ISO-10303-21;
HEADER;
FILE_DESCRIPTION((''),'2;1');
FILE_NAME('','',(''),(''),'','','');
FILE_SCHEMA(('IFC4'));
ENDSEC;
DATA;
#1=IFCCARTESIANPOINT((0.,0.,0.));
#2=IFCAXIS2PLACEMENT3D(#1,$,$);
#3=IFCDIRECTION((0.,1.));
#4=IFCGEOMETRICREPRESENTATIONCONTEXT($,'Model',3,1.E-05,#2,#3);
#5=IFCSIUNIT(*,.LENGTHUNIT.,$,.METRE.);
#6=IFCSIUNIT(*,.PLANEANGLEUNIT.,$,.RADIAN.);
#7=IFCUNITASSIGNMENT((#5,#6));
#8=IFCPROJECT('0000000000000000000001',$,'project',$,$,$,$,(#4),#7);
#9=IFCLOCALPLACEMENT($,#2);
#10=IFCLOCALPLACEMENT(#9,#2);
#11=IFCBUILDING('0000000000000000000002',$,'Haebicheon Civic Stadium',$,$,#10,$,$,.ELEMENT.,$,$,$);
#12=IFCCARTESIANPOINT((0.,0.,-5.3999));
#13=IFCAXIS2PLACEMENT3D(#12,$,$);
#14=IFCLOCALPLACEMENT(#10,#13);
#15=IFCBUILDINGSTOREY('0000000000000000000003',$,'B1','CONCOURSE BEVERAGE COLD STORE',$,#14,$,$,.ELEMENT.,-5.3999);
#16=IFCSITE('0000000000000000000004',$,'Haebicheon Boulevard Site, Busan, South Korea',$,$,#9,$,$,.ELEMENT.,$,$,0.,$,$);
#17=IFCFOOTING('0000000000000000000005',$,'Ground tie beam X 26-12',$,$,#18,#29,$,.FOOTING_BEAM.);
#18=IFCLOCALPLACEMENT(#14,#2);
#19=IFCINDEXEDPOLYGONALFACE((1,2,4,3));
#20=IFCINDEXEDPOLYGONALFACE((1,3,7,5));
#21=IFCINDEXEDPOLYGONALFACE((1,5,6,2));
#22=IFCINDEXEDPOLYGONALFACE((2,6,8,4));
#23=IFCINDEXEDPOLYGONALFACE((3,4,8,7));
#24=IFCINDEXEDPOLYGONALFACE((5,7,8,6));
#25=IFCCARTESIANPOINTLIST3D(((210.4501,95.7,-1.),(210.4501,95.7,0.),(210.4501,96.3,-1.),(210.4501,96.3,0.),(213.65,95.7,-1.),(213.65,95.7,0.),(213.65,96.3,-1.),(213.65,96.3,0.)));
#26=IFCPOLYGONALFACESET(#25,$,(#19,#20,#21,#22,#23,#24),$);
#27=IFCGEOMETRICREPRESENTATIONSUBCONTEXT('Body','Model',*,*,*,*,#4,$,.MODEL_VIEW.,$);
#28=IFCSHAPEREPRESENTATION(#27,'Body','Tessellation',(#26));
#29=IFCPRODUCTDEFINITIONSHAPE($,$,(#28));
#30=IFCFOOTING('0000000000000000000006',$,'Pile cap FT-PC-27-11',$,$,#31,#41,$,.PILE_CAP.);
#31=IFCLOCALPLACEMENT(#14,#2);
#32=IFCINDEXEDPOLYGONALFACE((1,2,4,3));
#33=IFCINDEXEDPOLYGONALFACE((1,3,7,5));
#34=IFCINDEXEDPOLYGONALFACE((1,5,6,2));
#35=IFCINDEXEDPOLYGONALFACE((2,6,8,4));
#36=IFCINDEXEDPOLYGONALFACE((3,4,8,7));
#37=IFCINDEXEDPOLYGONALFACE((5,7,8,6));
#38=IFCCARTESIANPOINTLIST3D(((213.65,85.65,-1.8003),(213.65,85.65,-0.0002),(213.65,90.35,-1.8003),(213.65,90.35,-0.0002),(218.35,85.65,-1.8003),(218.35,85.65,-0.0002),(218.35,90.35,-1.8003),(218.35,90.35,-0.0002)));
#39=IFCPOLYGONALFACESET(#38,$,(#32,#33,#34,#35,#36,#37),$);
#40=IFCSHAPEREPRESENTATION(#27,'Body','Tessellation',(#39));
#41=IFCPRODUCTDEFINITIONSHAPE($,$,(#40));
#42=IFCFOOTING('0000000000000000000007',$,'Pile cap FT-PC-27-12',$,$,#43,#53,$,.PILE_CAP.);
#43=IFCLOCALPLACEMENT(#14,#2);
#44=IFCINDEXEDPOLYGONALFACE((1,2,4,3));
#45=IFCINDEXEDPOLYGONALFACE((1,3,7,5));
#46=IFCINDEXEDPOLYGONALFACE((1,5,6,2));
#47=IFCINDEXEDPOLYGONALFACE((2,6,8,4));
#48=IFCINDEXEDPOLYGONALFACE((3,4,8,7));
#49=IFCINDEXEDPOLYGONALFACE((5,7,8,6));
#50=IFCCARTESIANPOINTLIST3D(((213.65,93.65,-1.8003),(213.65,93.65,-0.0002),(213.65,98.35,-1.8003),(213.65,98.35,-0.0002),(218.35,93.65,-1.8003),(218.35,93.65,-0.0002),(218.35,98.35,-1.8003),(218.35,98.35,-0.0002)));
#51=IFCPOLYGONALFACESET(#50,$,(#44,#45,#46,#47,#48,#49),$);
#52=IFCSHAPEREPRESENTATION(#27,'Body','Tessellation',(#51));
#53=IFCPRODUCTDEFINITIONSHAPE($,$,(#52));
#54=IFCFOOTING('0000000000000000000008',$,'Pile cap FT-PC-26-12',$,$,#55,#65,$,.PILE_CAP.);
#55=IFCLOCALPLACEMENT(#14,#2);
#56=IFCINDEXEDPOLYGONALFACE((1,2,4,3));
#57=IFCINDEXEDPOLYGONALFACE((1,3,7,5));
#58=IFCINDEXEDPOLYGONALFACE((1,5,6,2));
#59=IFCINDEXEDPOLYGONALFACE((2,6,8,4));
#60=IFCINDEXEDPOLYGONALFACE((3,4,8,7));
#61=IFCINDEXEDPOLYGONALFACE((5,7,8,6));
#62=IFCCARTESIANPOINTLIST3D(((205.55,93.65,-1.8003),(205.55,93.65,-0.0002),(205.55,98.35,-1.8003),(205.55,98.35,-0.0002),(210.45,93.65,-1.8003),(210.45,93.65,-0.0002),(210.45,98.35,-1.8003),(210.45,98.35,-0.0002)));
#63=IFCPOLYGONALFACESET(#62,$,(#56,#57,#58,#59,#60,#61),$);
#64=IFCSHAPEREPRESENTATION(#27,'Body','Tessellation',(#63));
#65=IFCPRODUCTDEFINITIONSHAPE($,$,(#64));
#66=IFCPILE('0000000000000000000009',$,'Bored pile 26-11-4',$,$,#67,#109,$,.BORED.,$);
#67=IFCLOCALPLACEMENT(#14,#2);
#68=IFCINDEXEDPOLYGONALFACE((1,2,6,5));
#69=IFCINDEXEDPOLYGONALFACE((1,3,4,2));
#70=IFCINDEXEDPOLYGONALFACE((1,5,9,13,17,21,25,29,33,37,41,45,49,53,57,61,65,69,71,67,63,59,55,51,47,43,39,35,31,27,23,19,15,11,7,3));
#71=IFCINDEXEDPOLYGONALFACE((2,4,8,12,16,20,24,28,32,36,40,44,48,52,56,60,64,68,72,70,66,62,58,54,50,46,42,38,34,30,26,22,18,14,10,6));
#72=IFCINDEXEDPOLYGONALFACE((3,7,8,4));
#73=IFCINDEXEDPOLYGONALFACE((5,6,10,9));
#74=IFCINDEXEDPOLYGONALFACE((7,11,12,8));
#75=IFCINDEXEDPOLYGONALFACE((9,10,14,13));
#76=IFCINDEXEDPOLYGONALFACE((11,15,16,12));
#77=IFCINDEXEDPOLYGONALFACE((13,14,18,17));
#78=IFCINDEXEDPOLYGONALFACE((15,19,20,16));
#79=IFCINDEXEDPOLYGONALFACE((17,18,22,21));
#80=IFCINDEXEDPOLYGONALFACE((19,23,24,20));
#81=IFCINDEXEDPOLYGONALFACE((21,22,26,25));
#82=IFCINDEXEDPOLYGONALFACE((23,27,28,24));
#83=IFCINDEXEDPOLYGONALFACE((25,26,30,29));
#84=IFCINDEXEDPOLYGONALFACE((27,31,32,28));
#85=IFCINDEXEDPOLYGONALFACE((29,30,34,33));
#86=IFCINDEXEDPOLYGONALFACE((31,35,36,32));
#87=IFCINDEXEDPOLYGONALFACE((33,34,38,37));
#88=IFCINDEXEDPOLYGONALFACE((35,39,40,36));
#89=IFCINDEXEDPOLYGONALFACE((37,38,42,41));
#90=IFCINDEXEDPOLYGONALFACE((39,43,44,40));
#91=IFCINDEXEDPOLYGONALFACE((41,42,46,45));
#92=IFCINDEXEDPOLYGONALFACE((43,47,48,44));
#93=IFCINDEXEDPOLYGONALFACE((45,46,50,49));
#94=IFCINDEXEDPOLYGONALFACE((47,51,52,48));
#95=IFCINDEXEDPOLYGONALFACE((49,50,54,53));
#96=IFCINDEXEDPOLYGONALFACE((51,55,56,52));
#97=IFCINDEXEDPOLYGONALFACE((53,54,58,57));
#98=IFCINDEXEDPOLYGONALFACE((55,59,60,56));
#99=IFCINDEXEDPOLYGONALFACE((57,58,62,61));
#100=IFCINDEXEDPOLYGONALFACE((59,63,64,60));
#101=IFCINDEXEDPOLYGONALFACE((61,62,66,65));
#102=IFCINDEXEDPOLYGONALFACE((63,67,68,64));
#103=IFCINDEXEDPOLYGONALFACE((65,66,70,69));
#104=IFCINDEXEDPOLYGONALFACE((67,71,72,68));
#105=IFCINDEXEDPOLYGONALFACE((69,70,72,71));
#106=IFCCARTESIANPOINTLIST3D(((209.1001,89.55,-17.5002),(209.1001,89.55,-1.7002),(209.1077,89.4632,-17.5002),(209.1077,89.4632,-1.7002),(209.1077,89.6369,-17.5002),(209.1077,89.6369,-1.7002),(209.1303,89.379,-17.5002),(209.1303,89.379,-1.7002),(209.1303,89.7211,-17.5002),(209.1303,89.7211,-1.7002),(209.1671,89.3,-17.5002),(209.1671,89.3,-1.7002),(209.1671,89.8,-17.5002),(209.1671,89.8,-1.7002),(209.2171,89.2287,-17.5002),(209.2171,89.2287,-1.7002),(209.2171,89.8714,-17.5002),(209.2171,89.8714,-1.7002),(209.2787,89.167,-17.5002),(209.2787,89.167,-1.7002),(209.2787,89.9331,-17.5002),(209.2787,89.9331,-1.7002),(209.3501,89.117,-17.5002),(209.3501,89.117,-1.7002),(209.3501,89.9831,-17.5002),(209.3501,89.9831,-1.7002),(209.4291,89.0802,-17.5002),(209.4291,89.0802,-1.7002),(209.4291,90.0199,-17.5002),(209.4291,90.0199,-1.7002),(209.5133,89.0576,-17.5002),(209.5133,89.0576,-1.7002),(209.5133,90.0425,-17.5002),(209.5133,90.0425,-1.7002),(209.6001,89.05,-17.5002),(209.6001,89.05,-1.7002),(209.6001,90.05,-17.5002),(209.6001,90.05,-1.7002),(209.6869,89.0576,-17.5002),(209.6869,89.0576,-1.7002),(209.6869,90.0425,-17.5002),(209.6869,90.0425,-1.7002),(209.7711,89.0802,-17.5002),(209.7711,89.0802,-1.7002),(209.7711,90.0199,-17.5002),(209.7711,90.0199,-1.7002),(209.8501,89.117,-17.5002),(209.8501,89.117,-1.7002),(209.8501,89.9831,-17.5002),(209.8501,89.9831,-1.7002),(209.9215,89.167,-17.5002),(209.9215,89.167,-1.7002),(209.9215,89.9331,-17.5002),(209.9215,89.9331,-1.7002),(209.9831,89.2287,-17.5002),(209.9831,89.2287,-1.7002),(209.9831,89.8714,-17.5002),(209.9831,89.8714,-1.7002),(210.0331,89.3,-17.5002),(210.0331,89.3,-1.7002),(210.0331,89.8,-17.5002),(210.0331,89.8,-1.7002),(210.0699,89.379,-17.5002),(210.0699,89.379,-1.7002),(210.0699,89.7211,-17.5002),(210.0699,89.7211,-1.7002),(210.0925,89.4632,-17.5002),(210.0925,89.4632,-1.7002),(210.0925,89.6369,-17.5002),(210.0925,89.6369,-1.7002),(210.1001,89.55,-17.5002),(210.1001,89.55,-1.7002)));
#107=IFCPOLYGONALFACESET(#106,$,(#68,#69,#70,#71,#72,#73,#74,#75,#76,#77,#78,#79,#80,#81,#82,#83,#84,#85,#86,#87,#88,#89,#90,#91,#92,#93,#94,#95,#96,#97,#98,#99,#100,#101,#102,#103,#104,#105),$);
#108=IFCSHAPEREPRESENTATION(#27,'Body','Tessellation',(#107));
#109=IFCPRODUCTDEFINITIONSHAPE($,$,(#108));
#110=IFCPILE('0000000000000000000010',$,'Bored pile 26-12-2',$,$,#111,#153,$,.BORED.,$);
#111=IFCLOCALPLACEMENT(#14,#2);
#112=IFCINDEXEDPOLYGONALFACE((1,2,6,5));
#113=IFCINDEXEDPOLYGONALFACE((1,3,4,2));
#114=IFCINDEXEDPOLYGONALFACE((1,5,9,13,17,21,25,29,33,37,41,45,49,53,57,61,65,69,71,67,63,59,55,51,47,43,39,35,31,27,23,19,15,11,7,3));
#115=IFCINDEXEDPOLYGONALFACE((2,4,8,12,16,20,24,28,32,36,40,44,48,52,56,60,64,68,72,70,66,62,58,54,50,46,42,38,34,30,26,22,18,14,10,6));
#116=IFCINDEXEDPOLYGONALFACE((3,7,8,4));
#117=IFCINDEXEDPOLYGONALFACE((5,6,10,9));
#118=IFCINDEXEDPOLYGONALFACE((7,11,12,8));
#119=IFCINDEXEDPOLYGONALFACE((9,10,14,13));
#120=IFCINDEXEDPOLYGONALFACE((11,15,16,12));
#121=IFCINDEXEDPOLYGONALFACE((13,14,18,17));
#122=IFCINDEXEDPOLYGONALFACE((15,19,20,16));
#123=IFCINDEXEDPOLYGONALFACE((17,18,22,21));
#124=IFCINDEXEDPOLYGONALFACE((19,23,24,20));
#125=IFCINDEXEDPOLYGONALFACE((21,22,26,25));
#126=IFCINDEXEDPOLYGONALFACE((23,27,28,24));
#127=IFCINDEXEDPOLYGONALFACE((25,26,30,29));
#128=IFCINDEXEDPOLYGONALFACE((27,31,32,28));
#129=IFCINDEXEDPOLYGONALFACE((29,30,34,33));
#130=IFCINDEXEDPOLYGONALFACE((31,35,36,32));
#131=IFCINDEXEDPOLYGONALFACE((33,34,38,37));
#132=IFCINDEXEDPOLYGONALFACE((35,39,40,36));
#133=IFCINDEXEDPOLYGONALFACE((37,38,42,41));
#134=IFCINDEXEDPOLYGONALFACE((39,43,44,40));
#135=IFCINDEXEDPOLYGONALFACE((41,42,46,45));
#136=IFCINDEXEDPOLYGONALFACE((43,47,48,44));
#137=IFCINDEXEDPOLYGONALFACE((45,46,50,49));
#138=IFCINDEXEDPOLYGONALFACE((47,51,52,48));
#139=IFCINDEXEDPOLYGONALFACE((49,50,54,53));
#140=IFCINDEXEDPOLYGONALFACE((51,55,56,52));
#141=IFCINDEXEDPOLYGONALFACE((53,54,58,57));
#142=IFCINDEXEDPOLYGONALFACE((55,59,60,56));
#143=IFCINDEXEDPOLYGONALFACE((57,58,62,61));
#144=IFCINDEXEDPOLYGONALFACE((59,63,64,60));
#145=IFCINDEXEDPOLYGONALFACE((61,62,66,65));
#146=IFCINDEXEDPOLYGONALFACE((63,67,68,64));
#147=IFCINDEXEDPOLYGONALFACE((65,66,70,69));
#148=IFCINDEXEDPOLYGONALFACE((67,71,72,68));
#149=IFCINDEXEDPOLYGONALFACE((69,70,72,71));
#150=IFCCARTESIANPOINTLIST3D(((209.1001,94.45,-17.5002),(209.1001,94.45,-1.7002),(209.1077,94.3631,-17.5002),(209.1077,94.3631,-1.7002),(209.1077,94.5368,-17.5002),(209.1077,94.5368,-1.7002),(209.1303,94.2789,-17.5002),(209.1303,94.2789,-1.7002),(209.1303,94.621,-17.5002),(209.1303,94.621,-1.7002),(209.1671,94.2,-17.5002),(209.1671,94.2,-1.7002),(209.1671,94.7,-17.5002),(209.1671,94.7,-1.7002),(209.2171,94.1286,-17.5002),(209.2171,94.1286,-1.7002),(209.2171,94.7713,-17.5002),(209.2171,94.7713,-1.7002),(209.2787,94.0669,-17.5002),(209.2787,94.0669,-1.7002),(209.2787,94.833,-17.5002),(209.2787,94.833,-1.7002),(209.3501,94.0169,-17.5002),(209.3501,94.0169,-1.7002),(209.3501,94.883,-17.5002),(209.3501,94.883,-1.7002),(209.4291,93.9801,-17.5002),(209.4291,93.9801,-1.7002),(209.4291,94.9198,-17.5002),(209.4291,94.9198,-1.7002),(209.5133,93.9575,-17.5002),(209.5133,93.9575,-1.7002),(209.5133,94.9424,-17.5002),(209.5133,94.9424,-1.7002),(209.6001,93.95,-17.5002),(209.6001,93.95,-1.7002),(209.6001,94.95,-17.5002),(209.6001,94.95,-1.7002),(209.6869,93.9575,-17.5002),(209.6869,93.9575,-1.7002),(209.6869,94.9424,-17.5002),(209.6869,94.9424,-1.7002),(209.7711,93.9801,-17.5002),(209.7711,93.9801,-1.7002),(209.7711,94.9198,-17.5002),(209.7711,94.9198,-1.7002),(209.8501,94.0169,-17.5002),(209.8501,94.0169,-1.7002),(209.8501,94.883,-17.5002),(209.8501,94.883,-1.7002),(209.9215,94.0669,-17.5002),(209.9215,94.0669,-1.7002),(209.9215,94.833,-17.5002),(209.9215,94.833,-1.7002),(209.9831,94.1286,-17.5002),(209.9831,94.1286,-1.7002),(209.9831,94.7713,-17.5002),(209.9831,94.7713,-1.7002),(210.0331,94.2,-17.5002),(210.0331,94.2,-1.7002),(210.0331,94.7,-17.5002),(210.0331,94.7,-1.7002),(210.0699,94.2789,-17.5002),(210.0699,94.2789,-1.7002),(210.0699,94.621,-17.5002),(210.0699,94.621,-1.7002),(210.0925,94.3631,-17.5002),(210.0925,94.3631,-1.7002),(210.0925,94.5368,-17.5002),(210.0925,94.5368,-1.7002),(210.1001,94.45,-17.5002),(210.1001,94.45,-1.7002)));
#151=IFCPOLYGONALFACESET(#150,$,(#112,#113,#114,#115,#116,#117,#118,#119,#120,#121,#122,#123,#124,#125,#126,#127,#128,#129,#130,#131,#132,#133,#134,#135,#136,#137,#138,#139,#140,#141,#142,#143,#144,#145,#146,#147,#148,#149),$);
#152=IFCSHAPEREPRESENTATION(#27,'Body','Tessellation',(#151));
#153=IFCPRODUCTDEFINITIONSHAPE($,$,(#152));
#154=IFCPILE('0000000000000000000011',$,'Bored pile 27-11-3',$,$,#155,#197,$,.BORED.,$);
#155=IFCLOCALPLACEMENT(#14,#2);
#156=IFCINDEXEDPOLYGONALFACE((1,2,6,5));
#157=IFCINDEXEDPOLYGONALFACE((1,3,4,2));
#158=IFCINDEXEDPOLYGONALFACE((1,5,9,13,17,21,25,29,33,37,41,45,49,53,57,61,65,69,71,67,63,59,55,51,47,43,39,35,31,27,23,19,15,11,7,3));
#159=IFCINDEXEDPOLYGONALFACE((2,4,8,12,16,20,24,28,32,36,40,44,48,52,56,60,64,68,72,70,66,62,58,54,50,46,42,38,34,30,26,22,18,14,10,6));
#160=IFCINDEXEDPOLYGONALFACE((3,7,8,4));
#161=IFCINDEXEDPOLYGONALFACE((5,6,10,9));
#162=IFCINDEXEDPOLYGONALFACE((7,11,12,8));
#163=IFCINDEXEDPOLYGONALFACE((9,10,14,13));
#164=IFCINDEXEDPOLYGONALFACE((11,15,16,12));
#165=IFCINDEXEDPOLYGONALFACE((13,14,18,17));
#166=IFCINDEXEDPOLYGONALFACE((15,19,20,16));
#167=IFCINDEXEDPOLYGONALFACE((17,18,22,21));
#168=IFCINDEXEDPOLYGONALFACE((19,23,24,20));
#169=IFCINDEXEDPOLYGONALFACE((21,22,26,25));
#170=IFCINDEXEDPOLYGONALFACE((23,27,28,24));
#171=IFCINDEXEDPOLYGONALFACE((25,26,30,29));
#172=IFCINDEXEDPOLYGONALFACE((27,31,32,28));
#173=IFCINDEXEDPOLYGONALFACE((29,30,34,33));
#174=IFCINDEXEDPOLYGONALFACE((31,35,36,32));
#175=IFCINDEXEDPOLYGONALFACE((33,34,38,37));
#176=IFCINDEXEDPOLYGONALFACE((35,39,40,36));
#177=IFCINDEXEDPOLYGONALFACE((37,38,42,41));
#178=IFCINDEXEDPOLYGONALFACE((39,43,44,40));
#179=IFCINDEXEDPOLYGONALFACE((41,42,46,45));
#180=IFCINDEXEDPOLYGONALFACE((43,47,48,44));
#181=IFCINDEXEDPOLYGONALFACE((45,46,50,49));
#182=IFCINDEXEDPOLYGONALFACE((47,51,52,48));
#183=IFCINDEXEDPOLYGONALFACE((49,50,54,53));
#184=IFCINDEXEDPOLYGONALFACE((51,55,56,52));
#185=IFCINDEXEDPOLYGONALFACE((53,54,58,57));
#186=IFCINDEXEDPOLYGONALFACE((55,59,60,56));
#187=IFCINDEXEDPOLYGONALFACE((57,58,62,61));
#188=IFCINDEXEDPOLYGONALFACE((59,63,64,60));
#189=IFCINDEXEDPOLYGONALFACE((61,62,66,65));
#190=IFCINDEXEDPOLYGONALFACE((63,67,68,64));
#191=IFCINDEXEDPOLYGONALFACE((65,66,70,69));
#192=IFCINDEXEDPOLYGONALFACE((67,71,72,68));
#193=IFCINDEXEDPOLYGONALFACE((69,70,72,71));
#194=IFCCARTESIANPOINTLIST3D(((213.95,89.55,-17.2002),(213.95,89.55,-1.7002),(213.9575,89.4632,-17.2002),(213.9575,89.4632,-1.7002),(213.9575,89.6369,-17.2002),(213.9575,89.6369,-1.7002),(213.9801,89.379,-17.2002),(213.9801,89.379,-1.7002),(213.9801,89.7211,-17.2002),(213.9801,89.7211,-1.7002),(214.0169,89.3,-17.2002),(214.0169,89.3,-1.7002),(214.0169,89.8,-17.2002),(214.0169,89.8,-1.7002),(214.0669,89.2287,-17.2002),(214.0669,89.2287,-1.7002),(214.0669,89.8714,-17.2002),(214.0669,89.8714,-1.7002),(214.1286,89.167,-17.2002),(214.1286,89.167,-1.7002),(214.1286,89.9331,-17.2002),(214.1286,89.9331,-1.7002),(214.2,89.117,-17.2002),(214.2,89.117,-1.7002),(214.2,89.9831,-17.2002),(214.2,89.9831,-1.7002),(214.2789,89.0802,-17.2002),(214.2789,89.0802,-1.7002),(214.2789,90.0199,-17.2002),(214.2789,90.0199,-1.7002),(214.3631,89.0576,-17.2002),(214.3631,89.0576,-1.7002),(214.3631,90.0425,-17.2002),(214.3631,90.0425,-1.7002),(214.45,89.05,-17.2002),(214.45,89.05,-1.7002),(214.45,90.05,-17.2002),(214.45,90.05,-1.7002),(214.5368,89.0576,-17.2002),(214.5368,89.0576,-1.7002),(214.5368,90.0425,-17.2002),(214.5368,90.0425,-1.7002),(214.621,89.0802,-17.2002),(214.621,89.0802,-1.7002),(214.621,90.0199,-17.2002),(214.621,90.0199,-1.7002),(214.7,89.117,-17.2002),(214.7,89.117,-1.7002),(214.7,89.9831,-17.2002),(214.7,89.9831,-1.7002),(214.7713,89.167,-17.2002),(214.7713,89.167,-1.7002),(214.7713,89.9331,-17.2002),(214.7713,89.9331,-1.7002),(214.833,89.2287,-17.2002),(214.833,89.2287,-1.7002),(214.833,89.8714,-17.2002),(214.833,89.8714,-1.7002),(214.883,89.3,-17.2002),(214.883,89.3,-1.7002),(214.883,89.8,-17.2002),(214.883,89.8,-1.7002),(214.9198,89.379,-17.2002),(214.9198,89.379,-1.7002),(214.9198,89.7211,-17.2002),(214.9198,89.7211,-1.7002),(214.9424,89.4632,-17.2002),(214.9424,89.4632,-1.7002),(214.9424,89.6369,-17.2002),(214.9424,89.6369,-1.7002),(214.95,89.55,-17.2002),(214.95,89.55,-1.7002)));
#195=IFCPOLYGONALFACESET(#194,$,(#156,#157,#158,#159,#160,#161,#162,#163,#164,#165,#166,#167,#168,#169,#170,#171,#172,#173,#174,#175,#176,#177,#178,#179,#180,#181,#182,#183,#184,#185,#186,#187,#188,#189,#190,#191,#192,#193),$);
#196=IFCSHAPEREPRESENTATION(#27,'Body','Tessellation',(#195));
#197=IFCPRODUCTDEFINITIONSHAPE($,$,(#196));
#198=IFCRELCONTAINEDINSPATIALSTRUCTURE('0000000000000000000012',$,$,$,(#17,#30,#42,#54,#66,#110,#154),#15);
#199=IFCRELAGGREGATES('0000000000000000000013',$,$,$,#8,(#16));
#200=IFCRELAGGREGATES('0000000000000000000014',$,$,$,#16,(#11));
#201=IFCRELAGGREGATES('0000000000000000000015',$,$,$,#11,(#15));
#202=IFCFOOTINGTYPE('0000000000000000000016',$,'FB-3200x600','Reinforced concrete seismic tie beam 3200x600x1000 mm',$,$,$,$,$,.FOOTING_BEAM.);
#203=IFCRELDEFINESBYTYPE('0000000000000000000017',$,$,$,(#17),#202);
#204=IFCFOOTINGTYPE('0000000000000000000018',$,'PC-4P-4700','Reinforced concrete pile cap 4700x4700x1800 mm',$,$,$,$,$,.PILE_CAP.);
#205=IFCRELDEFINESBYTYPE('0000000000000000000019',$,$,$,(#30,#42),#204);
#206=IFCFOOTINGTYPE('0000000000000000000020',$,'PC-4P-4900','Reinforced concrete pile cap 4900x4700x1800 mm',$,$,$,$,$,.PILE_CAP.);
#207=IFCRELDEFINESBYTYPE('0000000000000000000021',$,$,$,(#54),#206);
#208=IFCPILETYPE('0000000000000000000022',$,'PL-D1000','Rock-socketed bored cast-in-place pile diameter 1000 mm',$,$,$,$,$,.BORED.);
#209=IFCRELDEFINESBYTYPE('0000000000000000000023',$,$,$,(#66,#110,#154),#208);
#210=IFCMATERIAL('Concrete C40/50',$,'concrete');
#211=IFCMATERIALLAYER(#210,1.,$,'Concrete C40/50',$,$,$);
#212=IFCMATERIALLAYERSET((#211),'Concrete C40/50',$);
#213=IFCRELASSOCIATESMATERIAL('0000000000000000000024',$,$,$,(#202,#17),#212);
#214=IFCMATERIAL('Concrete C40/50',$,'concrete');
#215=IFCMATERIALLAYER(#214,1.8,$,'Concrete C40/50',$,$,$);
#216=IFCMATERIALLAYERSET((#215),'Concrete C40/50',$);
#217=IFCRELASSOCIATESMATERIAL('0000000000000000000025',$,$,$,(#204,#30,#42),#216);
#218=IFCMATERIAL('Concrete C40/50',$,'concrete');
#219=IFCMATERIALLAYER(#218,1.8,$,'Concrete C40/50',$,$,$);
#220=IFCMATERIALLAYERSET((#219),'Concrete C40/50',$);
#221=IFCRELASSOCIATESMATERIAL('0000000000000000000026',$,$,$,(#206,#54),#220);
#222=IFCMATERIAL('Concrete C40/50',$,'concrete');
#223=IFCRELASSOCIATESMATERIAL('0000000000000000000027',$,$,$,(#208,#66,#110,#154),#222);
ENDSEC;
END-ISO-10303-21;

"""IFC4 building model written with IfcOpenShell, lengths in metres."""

from ifc_helpers import new_model, si_unit, direction, frame, origin, origin_2d, place, context, subcontext, project, spatial, rectangle, circle, extrude, material, layer, layer_set, material_profile, profile_set, type_object, element, save


model = new_model("IFC4")

# Units and contexts
model_context = context("Model", 3, precision=1e-05, world=origin(), true_north=direction((0.0, 1.0)))
body_context = subcontext(model_context, "Body", "Model", "MODEL_VIEW")
ifc_project = project(units=[si_unit("LENGTHUNIT", "METRE"), si_unit("PLANEANGLEUNIT", "RADIAN")], contexts=[model_context])

# Site, building, storey
site_placement = place(None, origin())
site = spatial("IfcSite", under=ifc_project, at=site_placement, Name="Haebicheon Boulevard Site, Busan, South Korea", CompositionType="ELEMENT", RefElevation=0.0)
building_placement = place(site_placement, origin())
building = spatial("IfcBuilding", under=site, at=building_placement, Name="Haebicheon Civic Stadium", CompositionType="ELEMENT")
storey_placement = place(building_placement, frame((0.0, 0.0, -5.3999)))
storey = spatial("IfcBuildingStorey", under=building, at=storey_placement, Name="B1", Description="CONCOURSE BEVERAGE COLD STORE", CompositionType="ELEMENT", Elevation=-5.3999)

# Footings
ifc_material_1 = material(Name="Concrete C40/50", Category="concrete")
ifc_layer_1 = layer(ifc_material_1, 1.0, Name="Concrete C40/50")
ifc_layer_set_1 = layer_set([ifc_layer_1], Name="Concrete C40/50")
footing_type_1 = type_object("IfcFootingType", Name="FB-3200x600", Description="Reinforced concrete seismic tie beam 3200x600x1000 mm", PredefinedType="FOOTING_BEAM", material=ifc_layer_set_1)
footing_1_placement = place(storey_placement, frame((212.05, 96.0, -1.0), z_axis=(0.0, 0.0, 1.0), x_axis=(1.0, 0.0, 0.0)))
element("IfcFooting", 1, at=footing_1_placement, inside=storey, type_object=footing_type_1, material=ifc_layer_set_1, Name="Ground tie beam X 26-12", PredefinedType="FOOTING_BEAM", context=body_context, shape_type="SweptSolid", body=[
    extrude(rectangle(XDim=3.2, YDim=0.6001, at=origin_2d()), origin(), (0.0, 0.0, 1.0), 1.0),
])
ifc_material_2 = material(Name="Concrete C40/50", Category="concrete")
ifc_layer_2 = layer(ifc_material_2, 1.8, Name="Concrete C40/50")
ifc_layer_set_2 = layer_set([ifc_layer_2], Name="Concrete C40/50")
footing_type_2 = type_object("IfcFootingType", Name="PC-4P-4700", Description="Reinforced concrete pile cap 4700x4700x1800 mm", PredefinedType="PILE_CAP", material=ifc_layer_set_2)
for number, where, z_axis, x_axis, name in (
    (2, (216.0, 88.0, -1.8003), (0.0, 0.0, 1.0), (1.0, 0.0, 0.0), "Pile cap FT-PC-27-11"),
    (3, (216.0, 96.0, -1.8003), (0.0, 0.0, 1.0), (1.0, 0.0, 0.0), "Pile cap FT-PC-27-12"),
):
    element("IfcFooting", number, at=place(storey_placement, frame(where, z_axis=z_axis, x_axis=x_axis)), inside=storey, type_object=footing_type_2, material=ifc_layer_set_2, Name=name, PredefinedType="PILE_CAP", context=body_context, shape_type="SweptSolid", body=[
        extrude(rectangle(XDim=4.7, YDim=4.7, at=origin_2d()), origin(), (0.0, 0.0, 1.0), 1.8),
    ])
ifc_material_3 = material(Name="Concrete C40/50", Category="concrete")
ifc_layer_3 = layer(ifc_material_3, 1.8, Name="Concrete C40/50")
ifc_layer_set_3 = layer_set([ifc_layer_3], Name="Concrete C40/50")
footing_type_3 = type_object("IfcFootingType", Name="PC-4P-4900", Description="Reinforced concrete pile cap 4900x4700x1800 mm", PredefinedType="PILE_CAP", material=ifc_layer_set_3)
footing_2_placement = place(storey_placement, frame((208.0, 96.0, -1.8003), z_axis=(0.0, 0.0, 1.0), x_axis=(1.0, 0.0, 0.0)))
element("IfcFooting", 4, at=footing_2_placement, inside=storey, type_object=footing_type_3, material=ifc_layer_set_3, Name="Pile cap FT-PC-26-12", PredefinedType="PILE_CAP", context=body_context, shape_type="SweptSolid", body=[
    extrude(rectangle(XDim=4.8999, YDim=4.7, at=origin_2d()), origin(), (0.0, 0.0, 1.0), 1.8),
])

# Piles
ifc_material_4 = material(Name="Concrete C40/50", Category="concrete")
ifc_material_profile_1 = material_profile(ifc_material_4, circle(Radius=0.5, at=origin_2d()), Name="PILE-D1000")
ifc_profile_set_1 = profile_set([ifc_material_profile_1], Name="Concrete C40/50")
pile_type = type_object("IfcPileType", Name="PL-D1000", Description="Rock-socketed bored cast-in-place pile diameter 1000 mm", PredefinedType="BORED", material=ifc_profile_set_1)
for number, where, z_axis, x_axis, name in (
    (5, (209.6001, 89.55, -1.7002), (0.0, 0.0, -1.0), (1.0, 0.0, 0.0), "Bored pile 26-11-4"),
    (6, (209.6001, 94.45, -1.7002), (0.0, 0.0, -1.0), (1.0, 0.0, 0.0), "Bored pile 26-12-2"),
):
    element("IfcPile", number, at=place(storey_placement, frame(where, z_axis=z_axis, x_axis=x_axis)), inside=storey, type_object=pile_type, material=ifc_profile_set_1, Name=name, PredefinedType="BORED", context=body_context, shape_type="SweptSolid", body=[
        extrude(circle(Radius=0.5, at=origin_2d()), origin(), (0.0, 0.0, 1.0), 15.8),
    ])
for number, where, z_axis, x_axis, name in (
    (7, (214.45, 89.55, -1.7002), (0.0, 0.0, -1.0), (1.0, 0.0, 0.0), "Bored pile 27-11-3"),
):
    element("IfcPile", number, at=place(storey_placement, frame(where, z_axis=z_axis, x_axis=x_axis)), inside=storey, type_object=pile_type, material=ifc_profile_set_1, Name=name, PredefinedType="BORED", context=body_context, shape_type="SweptSolid", body=[
        extrude(circle(Radius=0.5, at=origin_2d()), origin(), (0.0, 0.0, 1.0), 15.5),
    ])

save(model, "model.ifc")
